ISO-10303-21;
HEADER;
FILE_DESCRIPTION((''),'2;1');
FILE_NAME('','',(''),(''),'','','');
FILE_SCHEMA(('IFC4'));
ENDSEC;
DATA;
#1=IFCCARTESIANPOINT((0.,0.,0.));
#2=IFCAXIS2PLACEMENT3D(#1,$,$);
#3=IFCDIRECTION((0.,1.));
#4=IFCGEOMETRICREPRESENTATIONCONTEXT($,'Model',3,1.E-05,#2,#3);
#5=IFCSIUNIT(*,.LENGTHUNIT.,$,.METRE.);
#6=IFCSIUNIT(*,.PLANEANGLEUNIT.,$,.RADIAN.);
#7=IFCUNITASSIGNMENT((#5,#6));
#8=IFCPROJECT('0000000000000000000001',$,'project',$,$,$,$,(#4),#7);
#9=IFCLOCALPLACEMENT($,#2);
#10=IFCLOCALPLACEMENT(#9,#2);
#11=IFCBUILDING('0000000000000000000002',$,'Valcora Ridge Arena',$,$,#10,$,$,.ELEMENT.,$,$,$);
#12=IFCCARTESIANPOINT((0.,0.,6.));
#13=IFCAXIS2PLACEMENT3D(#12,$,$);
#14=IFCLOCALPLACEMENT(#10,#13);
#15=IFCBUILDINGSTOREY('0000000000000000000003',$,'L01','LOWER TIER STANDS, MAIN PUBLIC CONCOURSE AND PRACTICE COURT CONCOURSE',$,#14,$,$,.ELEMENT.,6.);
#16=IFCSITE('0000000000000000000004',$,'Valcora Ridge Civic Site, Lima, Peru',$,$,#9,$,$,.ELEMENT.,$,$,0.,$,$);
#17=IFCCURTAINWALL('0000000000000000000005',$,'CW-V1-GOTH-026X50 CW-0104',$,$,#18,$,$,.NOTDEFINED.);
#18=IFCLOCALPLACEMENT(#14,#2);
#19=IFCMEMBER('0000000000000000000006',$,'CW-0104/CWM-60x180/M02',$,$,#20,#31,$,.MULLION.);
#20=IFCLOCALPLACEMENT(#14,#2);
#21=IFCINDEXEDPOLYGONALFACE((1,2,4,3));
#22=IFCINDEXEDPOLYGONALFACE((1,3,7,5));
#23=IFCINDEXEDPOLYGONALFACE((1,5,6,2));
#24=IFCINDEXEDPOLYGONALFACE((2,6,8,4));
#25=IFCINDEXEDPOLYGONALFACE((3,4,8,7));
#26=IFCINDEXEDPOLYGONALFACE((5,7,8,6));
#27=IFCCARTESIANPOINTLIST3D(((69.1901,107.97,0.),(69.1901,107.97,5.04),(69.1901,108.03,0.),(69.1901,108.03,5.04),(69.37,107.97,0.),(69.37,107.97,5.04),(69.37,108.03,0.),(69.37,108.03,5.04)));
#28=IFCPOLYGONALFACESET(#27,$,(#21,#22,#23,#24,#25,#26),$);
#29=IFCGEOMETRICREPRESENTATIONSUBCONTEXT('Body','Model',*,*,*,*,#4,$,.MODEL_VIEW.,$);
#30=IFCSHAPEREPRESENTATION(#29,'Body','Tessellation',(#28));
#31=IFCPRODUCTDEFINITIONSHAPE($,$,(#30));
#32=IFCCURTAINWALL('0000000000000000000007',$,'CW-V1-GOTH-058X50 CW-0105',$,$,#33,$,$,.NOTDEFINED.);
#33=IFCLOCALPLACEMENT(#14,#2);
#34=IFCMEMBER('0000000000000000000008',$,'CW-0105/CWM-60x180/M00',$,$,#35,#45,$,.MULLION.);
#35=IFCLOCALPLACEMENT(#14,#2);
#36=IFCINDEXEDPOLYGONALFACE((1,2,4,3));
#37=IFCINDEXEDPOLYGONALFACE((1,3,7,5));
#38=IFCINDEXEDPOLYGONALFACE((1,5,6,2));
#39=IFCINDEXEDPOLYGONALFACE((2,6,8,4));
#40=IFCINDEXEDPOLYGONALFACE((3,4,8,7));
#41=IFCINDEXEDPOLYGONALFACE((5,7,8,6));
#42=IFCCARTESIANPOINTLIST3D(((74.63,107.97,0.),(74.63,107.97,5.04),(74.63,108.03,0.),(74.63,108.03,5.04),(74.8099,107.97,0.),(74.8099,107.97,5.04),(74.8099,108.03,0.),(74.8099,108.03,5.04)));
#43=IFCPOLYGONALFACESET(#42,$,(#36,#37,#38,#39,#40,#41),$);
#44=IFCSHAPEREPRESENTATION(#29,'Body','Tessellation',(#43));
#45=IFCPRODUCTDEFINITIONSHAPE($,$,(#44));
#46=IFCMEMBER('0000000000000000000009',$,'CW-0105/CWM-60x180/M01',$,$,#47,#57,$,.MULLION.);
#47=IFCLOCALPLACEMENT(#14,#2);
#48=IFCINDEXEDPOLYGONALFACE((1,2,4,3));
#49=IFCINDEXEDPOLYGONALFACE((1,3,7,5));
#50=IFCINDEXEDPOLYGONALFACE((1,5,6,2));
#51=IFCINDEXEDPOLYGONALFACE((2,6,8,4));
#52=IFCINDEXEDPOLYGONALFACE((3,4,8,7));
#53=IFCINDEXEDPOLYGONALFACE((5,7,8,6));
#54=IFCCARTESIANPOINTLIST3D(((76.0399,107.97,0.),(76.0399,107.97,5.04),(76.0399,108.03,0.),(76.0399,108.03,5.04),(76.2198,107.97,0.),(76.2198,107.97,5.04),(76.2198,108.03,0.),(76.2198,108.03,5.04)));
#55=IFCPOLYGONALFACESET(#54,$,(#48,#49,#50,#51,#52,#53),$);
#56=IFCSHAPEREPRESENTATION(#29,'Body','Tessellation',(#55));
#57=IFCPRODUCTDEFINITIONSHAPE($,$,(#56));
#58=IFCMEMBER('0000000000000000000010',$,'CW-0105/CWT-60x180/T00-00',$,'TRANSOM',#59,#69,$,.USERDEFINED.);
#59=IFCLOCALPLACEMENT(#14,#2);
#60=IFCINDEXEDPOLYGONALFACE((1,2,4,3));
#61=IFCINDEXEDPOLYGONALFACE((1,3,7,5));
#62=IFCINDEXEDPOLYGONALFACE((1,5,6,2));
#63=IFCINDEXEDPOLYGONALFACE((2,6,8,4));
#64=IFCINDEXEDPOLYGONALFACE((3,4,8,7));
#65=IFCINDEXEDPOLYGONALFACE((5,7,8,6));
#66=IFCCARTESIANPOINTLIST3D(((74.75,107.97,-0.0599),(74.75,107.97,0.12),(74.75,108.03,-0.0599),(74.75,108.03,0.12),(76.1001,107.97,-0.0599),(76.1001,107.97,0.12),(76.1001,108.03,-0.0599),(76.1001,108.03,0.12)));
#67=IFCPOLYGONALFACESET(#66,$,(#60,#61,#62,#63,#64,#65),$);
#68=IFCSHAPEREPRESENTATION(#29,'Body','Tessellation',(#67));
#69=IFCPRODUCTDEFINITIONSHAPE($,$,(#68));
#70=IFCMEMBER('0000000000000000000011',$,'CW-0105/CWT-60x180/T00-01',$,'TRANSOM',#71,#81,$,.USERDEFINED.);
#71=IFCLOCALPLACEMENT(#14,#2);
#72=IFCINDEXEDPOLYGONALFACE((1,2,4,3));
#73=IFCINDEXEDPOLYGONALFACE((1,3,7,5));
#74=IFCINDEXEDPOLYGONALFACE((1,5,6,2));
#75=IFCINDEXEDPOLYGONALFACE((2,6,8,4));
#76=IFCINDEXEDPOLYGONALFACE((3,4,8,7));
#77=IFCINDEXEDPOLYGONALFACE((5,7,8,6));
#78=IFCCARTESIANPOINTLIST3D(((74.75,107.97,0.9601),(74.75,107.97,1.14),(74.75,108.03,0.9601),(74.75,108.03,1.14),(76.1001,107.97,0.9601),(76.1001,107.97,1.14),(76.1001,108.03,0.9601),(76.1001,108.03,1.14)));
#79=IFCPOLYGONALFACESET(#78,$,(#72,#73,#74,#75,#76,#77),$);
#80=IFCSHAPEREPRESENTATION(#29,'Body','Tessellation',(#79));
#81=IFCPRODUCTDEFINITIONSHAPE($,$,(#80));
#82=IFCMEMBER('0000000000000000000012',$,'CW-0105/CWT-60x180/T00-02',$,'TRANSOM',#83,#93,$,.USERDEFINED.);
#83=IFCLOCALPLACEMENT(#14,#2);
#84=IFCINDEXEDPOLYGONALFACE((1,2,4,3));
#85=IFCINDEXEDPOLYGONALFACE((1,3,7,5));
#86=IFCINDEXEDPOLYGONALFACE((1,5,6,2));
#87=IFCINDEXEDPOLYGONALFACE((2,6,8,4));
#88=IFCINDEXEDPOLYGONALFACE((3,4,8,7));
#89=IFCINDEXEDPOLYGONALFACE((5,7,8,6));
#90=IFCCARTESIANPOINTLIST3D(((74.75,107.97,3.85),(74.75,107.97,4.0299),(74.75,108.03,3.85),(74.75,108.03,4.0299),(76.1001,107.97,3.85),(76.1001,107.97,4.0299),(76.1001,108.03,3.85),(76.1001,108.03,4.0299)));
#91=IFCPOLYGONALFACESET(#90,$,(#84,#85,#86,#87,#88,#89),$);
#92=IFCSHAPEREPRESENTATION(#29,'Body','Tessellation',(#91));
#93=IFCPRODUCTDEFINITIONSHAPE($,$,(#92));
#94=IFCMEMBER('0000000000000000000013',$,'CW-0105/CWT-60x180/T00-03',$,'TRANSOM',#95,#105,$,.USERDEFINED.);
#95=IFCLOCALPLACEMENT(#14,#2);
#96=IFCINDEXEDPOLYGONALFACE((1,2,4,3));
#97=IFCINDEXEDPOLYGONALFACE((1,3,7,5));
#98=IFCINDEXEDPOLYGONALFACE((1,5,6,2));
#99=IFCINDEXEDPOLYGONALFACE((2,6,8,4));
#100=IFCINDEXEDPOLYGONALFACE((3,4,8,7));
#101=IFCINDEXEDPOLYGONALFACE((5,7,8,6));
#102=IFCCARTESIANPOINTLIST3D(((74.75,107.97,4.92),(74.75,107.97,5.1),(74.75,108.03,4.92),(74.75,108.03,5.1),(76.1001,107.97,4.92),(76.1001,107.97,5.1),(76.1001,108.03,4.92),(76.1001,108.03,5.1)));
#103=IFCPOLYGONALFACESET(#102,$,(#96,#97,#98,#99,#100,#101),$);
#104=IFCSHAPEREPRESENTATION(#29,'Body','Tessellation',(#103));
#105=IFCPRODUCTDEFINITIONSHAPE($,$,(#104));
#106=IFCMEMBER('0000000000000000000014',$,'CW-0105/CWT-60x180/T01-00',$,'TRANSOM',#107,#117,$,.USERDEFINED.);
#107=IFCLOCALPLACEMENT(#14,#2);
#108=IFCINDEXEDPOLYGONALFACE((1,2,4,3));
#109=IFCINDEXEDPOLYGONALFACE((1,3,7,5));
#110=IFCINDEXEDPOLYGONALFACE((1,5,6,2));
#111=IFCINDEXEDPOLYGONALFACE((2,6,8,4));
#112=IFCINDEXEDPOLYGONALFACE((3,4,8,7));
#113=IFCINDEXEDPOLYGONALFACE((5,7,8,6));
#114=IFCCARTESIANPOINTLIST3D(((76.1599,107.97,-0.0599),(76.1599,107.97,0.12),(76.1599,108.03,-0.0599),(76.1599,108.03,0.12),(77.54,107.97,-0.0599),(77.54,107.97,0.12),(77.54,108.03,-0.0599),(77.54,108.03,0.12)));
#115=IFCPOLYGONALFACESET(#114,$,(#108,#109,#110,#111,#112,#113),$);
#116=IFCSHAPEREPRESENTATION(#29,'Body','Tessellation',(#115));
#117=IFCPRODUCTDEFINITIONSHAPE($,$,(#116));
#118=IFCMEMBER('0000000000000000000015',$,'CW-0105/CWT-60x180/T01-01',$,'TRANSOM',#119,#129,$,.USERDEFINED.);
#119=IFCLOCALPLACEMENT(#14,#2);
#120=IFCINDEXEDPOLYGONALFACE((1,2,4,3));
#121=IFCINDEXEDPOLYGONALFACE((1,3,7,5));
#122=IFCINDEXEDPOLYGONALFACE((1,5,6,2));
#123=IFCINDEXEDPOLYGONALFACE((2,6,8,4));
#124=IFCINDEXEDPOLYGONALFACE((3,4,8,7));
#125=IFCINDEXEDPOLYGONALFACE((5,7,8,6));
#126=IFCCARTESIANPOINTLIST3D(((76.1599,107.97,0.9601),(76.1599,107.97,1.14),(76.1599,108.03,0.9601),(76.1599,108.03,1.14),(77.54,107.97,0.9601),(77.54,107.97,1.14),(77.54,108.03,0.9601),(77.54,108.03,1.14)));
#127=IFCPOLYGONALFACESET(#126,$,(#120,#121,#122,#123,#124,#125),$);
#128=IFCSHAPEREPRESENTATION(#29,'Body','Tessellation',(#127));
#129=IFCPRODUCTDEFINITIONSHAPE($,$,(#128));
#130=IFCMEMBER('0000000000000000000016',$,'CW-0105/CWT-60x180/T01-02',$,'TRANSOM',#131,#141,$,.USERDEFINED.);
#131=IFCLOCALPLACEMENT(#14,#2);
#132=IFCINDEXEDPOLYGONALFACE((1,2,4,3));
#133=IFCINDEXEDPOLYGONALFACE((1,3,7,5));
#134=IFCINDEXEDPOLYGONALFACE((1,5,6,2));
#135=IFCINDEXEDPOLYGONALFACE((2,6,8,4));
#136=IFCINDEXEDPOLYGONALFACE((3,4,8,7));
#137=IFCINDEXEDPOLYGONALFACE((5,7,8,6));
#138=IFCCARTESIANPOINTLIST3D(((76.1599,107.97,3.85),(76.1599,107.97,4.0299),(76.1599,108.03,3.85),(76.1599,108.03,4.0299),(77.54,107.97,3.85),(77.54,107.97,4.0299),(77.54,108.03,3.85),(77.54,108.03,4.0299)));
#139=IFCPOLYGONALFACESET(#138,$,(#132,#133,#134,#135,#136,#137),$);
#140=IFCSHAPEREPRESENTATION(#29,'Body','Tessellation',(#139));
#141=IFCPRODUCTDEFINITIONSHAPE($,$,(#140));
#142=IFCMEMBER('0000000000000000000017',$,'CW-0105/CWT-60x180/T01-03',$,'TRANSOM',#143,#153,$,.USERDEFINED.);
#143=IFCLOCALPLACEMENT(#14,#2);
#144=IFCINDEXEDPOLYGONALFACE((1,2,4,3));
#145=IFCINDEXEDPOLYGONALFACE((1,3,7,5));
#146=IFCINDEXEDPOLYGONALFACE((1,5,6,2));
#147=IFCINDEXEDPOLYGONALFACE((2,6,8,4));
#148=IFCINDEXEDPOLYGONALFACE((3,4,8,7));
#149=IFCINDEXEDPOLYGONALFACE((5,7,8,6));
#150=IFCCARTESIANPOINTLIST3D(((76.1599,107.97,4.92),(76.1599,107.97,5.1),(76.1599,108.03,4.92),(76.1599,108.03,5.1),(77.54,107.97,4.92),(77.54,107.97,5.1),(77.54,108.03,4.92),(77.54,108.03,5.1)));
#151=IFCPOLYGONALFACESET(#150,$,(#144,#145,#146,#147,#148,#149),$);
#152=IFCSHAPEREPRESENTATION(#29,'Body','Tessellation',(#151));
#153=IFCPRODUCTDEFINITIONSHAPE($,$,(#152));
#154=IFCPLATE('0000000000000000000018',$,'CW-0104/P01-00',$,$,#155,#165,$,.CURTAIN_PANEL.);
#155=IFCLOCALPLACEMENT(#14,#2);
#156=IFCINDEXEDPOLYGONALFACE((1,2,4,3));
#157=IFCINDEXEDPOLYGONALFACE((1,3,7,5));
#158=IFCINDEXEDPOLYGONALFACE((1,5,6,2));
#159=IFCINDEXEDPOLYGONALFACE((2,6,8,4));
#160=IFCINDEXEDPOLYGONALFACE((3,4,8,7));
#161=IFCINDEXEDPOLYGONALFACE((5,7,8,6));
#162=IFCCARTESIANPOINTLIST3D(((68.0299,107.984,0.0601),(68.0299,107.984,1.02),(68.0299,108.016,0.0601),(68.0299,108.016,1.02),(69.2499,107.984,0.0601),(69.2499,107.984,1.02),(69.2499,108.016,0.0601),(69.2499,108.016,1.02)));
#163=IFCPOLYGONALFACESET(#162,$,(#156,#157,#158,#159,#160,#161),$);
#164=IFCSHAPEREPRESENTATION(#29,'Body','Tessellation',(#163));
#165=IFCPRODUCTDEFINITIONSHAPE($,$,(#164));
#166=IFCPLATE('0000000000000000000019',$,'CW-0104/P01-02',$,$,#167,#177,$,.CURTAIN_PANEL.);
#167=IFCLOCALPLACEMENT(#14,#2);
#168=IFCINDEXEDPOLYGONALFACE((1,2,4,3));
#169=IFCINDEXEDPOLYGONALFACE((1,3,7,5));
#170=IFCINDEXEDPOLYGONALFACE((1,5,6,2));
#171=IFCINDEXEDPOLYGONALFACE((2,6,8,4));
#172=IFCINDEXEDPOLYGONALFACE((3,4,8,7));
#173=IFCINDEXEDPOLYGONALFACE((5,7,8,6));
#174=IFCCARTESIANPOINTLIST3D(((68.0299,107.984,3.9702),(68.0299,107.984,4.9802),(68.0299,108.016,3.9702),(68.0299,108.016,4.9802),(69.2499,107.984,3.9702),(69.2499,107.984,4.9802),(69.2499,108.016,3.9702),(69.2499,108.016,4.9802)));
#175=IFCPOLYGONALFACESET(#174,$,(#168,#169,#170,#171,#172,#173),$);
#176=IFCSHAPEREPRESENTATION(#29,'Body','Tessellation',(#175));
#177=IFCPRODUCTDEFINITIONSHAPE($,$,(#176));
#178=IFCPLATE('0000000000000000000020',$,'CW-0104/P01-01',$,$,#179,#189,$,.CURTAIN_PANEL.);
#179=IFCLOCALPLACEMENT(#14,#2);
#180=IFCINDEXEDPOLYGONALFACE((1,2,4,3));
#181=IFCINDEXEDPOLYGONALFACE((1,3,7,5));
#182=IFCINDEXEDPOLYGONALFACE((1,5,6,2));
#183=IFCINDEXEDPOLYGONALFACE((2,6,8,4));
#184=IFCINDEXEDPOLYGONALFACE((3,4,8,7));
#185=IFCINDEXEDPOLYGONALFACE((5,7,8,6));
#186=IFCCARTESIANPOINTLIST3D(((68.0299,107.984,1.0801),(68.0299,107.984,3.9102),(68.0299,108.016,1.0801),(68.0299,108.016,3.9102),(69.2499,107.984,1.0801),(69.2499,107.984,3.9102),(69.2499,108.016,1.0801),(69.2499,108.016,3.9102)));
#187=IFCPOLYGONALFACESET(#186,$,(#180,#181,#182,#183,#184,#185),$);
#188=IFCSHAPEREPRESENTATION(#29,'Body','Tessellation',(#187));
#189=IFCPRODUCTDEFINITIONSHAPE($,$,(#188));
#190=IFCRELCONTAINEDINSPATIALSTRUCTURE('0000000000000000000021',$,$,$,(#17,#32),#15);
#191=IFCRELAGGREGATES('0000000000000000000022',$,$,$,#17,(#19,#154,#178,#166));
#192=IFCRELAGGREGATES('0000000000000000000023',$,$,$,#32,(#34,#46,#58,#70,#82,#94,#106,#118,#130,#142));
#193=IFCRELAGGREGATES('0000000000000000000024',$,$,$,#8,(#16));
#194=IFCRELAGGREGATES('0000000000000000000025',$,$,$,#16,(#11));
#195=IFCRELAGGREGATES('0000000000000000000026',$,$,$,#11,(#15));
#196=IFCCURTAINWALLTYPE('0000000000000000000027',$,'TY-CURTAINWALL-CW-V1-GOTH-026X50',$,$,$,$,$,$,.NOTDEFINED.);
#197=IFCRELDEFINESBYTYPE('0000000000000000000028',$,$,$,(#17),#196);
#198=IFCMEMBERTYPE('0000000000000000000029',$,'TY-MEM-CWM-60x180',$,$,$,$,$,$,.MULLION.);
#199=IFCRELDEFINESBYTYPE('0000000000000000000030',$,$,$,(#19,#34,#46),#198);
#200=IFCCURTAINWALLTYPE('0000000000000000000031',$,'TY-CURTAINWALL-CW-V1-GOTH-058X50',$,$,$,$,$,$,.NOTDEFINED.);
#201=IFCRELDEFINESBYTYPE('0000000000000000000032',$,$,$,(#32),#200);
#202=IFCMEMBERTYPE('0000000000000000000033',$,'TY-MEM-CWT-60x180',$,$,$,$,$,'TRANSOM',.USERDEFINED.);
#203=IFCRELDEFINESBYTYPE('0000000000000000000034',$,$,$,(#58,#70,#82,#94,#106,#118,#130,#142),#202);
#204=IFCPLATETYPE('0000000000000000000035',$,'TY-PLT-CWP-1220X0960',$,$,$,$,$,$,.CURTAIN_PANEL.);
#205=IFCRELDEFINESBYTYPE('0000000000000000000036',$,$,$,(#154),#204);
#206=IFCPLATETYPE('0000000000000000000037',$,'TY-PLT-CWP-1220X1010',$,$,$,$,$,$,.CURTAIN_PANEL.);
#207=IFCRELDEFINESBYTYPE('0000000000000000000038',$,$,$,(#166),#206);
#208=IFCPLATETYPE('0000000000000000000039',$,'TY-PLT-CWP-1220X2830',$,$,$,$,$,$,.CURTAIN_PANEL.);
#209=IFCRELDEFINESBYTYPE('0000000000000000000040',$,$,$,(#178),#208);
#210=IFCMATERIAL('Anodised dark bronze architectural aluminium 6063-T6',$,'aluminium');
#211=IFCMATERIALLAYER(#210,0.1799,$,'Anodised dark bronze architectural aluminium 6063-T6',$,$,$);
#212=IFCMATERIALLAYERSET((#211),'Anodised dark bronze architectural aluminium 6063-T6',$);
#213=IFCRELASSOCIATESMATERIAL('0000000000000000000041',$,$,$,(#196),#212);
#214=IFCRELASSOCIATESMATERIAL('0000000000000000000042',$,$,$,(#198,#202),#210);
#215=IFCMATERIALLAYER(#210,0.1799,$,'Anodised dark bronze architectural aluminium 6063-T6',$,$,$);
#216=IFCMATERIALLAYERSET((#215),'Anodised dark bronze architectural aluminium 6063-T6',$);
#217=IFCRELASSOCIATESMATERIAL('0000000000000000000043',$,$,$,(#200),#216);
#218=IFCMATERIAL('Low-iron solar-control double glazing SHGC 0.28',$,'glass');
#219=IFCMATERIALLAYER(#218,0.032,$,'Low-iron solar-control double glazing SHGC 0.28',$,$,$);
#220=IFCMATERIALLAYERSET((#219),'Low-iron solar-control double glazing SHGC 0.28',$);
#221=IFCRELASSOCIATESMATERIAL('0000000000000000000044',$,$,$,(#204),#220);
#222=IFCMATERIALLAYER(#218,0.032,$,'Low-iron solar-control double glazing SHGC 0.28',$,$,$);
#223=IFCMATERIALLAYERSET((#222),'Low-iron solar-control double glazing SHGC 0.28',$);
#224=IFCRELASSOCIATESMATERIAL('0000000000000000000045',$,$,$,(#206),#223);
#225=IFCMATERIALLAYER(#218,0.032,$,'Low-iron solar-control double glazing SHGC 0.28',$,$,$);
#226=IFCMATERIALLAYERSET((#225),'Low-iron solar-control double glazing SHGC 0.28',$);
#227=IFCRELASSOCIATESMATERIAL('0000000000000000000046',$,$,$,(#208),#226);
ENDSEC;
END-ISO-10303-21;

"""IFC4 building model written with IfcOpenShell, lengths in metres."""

from ifc_helpers import new_model, si_unit, direction, frame, origin, origin_2d, place, context, subcontext, project, spatial, rectangle, extrude, material, layer, layer_set, material_profile, profile_set, type_object, element, aggregate, save


model = new_model("IFC4")

# Units and contexts
model_context = context("Model", 3, precision=1e-05, world=origin(), true_north=direction((0.0, 1.0)))
body_context = subcontext(model_context, "Body", "Model", "MODEL_VIEW")
ifc_project = project(units=[si_unit("LENGTHUNIT", "METRE"), si_unit("PLANEANGLEUNIT", "RADIAN")], contexts=[model_context])

# Site, building, storey
site_placement = place(None, origin())
site = spatial("IfcSite", under=ifc_project, at=site_placement, Name="Valcora Ridge Civic Site, Lima, Peru", CompositionType="ELEMENT", RefElevation=0.0)
building_placement = place(site_placement, origin())
building = spatial("IfcBuilding", under=site, at=building_placement, Name="Valcora Ridge Arena", CompositionType="ELEMENT")
storey_placement = place(building_placement, frame((0.0, 0.0, 6.0)))
storey = spatial("IfcBuildingStorey", under=building, at=storey_placement, Name="L01", Description="LOWER TIER STANDS, MAIN PUBLIC CONCOURSE AND PRACTICE COURT CONCOURSE", CompositionType="ELEMENT", Elevation=6.0)

# Curtain wall, member
ifc_material_1 = material(Name="Anodised dark bronze architectural aluminium 6063-T6", Category="aluminium")
ifc_layer_1 = layer(ifc_material_1, 0.1799, Name="Anodised dark bronze architectural aluminium 6063-T6")
ifc_layer_set_1 = layer_set([ifc_layer_1], Name="Anodised dark bronze architectural aluminium 6063-T6")
curtain_wall_type_1 = type_object("IfcCurtainWallType", Name="TY-CURTAINWALL-CW-V1-GOTH-026X50", PredefinedType="NOTDEFINED", material=ifc_layer_set_1)
curtain_wall_1_placement = place(storey_placement, origin())
curtain_wall_1 = element("IfcCurtainWall", 1, at=curtain_wall_1_placement, inside=storey, type_object=curtain_wall_type_1, Name="CW-V1-GOTH-026X50 CW-0104", PredefinedType="NOTDEFINED")
ifc_material_profile_1 = material_profile(ifc_material_1, rectangle(XDim=0.0601, YDim=0.1799, at=origin_2d()), Name="ALU MULLION 60x180")
ifc_profile_set_1 = profile_set([ifc_material_profile_1], Name="Anodised dark bronze architectural aluminium 6063-T6")
member_type_1 = type_object("IfcMemberType", Name="TY-MEM-CWM-60x180", PredefinedType="MULLION", material=ifc_profile_set_1)
member_1_placement = place(storey_placement, frame((69.28, 108.0, 0.0), z_axis=(0.0, 0.0, 1.0), x_axis=(0.0, 1.0, 0.0)))
member_1 = element("IfcMember", 2, at=member_1_placement, type_object=member_type_1, Name="CW-0104/CWM-60x180/M02", PredefinedType="MULLION", context=body_context, shape_type="SweptSolid", body=[
    extrude(rectangle(XDim=0.0601, YDim=0.1799, at=origin_2d()), origin(), (0.0, 0.0, 1.0), 5.04),
])

# Curtain wall, members
ifc_layer_2 = layer(ifc_material_1, 0.1799, Name="Anodised dark bronze architectural aluminium 6063-T6")
ifc_layer_set_2 = layer_set([ifc_layer_2], Name="Anodised dark bronze architectural aluminium 6063-T6")
curtain_wall_type_2 = type_object("IfcCurtainWallType", Name="TY-CURTAINWALL-CW-V1-GOTH-058X50", PredefinedType="NOTDEFINED", material=ifc_layer_set_2)
curtain_wall_2_placement = place(storey_placement, origin())
curtain_wall_2 = element("IfcCurtainWall", 3, at=curtain_wall_2_placement, inside=storey, type_object=curtain_wall_type_2, Name="CW-V1-GOTH-058X50 CW-0105", PredefinedType="NOTDEFINED")
member_2_placement = place(storey_placement, frame((74.72, 108.0, 0.0), z_axis=(0.0, 0.0, 1.0), x_axis=(0.0, 1.0, 0.0)))
member_2 = element("IfcMember", 4, at=member_2_placement, type_object=member_type_1, Name="CW-0105/CWM-60x180/M00", PredefinedType="MULLION", context=body_context, shape_type="SweptSolid", body=[
    extrude(rectangle(XDim=0.0601, YDim=0.1799, at=origin_2d()), origin(), (0.0, 0.0, 1.0), 5.04),
])
member_3_placement = place(storey_placement, frame((76.1299, 108.0, 0.0), z_axis=(0.0, 0.0, 1.0), x_axis=(0.0, 1.0, 0.0)))
member_3 = element("IfcMember", 5, at=member_3_placement, type_object=member_type_1, Name="CW-0105/CWM-60x180/M01", PredefinedType="MULLION", context=body_context, shape_type="SweptSolid", body=[
    extrude(rectangle(XDim=0.0601, YDim=0.1799, at=origin_2d()), origin(), (0.0, 0.0, 1.0), 5.04),
])
ifc_material_profile_2 = material_profile(ifc_material_1, rectangle(XDim=0.0601, YDim=0.1799, at=origin_2d()), Name="ALU TRANSOM 60x180")
ifc_profile_set_2 = profile_set([ifc_material_profile_2], Name="Anodised dark bronze architectural aluminium 6063-T6")
member_type_2 = type_object("IfcMemberType", Name="TY-MEM-CWT-60x180", ElementType="TRANSOM", PredefinedType="USERDEFINED", material=ifc_profile_set_2)
member_4_placement = place(storey_placement, frame((74.75, 108.0, 0.03), z_axis=(1.0, 0.0, 0.0), x_axis=(0.0, 1.0, 0.0)))
member_4 = element("IfcMember", 6, at=member_4_placement, type_object=member_type_2, Name="CW-0105/CWT-60x180/T00-00", ObjectType="TRANSOM", PredefinedType="USERDEFINED", context=body_context, shape_type="SweptSolid", body=[
    extrude(rectangle(XDim=0.0601, YDim=0.1799, at=origin_2d()), origin(), (0.0, 0.0, 1.0), 1.3501),
])
member_5_placement = place(storey_placement, frame((74.75, 108.0, 1.05), z_axis=(1.0, 0.0, 0.0), x_axis=(0.0, 1.0, 0.0)))
member_5 = element("IfcMember", 7, at=member_5_placement, type_object=member_type_2, Name="CW-0105/CWT-60x180/T00-01", ObjectType="TRANSOM", PredefinedType="USERDEFINED", context=body_context, shape_type="SweptSolid", body=[
    extrude(rectangle(XDim=0.0601, YDim=0.1799, at=origin_2d()), origin(), (0.0, 0.0, 1.0), 1.3501),
])
member_6_placement = place(storey_placement, frame((74.75, 108.0, 3.9399), z_axis=(1.0, 0.0, 0.0), x_axis=(0.0, 1.0, 0.0)))
member_6 = element("IfcMember", 8, at=member_6_placement, type_object=member_type_2, Name="CW-0105/CWT-60x180/T00-02", ObjectType="TRANSOM", PredefinedType="USERDEFINED", context=body_context, shape_type="SweptSolid", body=[
    extrude(rectangle(XDim=0.0601, YDim=0.1799, at=origin_2d()), origin(), (0.0, 0.0, 1.0), 1.3501),
])
member_7_placement = place(storey_placement, frame((74.75, 108.0, 5.01), z_axis=(1.0, 0.0, 0.0), x_axis=(0.0, 1.0, 0.0)))
member_7 = element("IfcMember", 9, at=member_7_placement, type_object=member_type_2, Name="CW-0105/CWT-60x180/T00-03", ObjectType="TRANSOM", PredefinedType="USERDEFINED", context=body_context, shape_type="SweptSolid", body=[
    extrude(rectangle(XDim=0.0601, YDim=0.1799, at=origin_2d()), origin(), (0.0, 0.0, 1.0), 1.3501),
])
member_8_placement = place(storey_placement, frame((76.1599, 108.0, 0.03), z_axis=(1.0, 0.0, 0.0), x_axis=(0.0, 1.0, 0.0)))
member_8 = element("IfcMember", 10, at=member_8_placement, type_object=member_type_2, Name="CW-0105/CWT-60x180/T01-00", ObjectType="TRANSOM", PredefinedType="USERDEFINED", context=body_context, shape_type="SweptSolid", body=[
    extrude(rectangle(XDim=0.0601, YDim=0.1799, at=origin_2d()), origin(), (0.0, 0.0, 1.0), 1.3801),
])
member_9_placement = place(storey_placement, frame((76.1599, 108.0, 1.05), z_axis=(1.0, 0.0, 0.0), x_axis=(0.0, 1.0, 0.0)))
member_9 = element("IfcMember", 11, at=member_9_placement, type_object=member_type_2, Name="CW-0105/CWT-60x180/T01-01", ObjectType="TRANSOM", PredefinedType="USERDEFINED", context=body_context, shape_type="SweptSolid", body=[
    extrude(rectangle(XDim=0.0601, YDim=0.1799, at=origin_2d()), origin(), (0.0, 0.0, 1.0), 1.3801),
])
member_10_placement = place(storey_placement, frame((76.1599, 108.0, 3.9399), z_axis=(1.0, 0.0, 0.0), x_axis=(0.0, 1.0, 0.0)))
member_10 = element("IfcMember", 12, at=member_10_placement, type_object=member_type_2, Name="CW-0105/CWT-60x180/T01-02", ObjectType="TRANSOM", PredefinedType="USERDEFINED", context=body_context, shape_type="SweptSolid", body=[
    extrude(rectangle(XDim=0.0601, YDim=0.1799, at=origin_2d()), origin(), (0.0, 0.0, 1.0), 1.3801),
])
member_11_placement = place(storey_placement, frame((76.1599, 108.0, 5.01), z_axis=(1.0, 0.0, 0.0), x_axis=(0.0, 1.0, 0.0)))
member_11 = element("IfcMember", 13, at=member_11_placement, type_object=member_type_2, Name="CW-0105/CWT-60x180/T01-03", ObjectType="TRANSOM", PredefinedType="USERDEFINED", context=body_context, shape_type="SweptSolid", body=[
    extrude(rectangle(XDim=0.0601, YDim=0.1799, at=origin_2d()), origin(), (0.0, 0.0, 1.0), 1.3801),
])

# Plates
ifc_material_2 = material(Name="Low-iron solar-control double glazing SHGC 0.28", Category="glass")
ifc_layer_3 = layer(ifc_material_2, 0.032, Name="Low-iron solar-control double glazing SHGC 0.28")
ifc_layer_set_3 = layer_set([ifc_layer_3], Name="Low-iron solar-control double glazing SHGC 0.28")
plate_type_1 = type_object("IfcPlateType", Name="TY-PLT-CWP-1220X0960", PredefinedType="CURTAIN_PANEL", material=ifc_layer_set_3)
plate_1_placement = place(storey_placement, frame((68.6399, 108.0, 0.0601), z_axis=(0.0, 0.0, 1.0), x_axis=(1.0, 0.0, 0.0)))
plate_1 = element("IfcPlate", 14, at=plate_1_placement, type_object=plate_type_1, Name="CW-0104/P01-00", PredefinedType="CURTAIN_PANEL", context=body_context, shape_type="SweptSolid", body=[
    extrude(rectangle(XDim=1.22, YDim=0.032, at=origin_2d()), origin(), (0.0, 0.0, 1.0), 0.96),
])
ifc_layer_4 = layer(ifc_material_2, 0.032, Name="Low-iron solar-control double glazing SHGC 0.28")
ifc_layer_set_4 = layer_set([ifc_layer_4], Name="Low-iron solar-control double glazing SHGC 0.28")
plate_type_2 = type_object("IfcPlateType", Name="TY-PLT-CWP-1220X1010", PredefinedType="CURTAIN_PANEL", material=ifc_layer_set_4)
plate_2_placement = place(storey_placement, frame((68.6399, 108.0, 3.9702), z_axis=(0.0, 0.0, 1.0), x_axis=(1.0, 0.0, 0.0)))
plate_2 = element("IfcPlate", 15, at=plate_2_placement, type_object=plate_type_2, Name="CW-0104/P01-02", PredefinedType="CURTAIN_PANEL", context=body_context, shape_type="SweptSolid", body=[
    extrude(rectangle(XDim=1.22, YDim=0.032, at=origin_2d()), origin(), (0.0, 0.0, 1.0), 1.01),
])
ifc_layer_5 = layer(ifc_material_2, 0.032, Name="Low-iron solar-control double glazing SHGC 0.28")
ifc_layer_set_5 = layer_set([ifc_layer_5], Name="Low-iron solar-control double glazing SHGC 0.28")
plate_type_3 = type_object("IfcPlateType", Name="TY-PLT-CWP-1220X2830", PredefinedType="CURTAIN_PANEL", material=ifc_layer_set_5)
plate_3_placement = place(storey_placement, frame((68.6399, 108.0, 1.0801), z_axis=(0.0, 0.0, 1.0), x_axis=(1.0, 0.0, 0.0)))
plate_3 = element("IfcPlate", 16, at=plate_3_placement, type_object=plate_type_3, Name="CW-0104/P01-01", PredefinedType="CURTAIN_PANEL", context=body_context, shape_type="SweptSolid", body=[
    extrude(rectangle(XDim=1.22, YDim=0.032, at=origin_2d()), origin(), (0.0, 0.0, 1.0), 2.8301),
])
aggregate(curtain_wall_1, [member_1, plate_1, plate_3, plate_2])
aggregate(curtain_wall_2, [member_2, member_3, member_4, member_5, member_6, member_7, member_8, member_9, member_10, member_11])

save(model, "model.ifc")
